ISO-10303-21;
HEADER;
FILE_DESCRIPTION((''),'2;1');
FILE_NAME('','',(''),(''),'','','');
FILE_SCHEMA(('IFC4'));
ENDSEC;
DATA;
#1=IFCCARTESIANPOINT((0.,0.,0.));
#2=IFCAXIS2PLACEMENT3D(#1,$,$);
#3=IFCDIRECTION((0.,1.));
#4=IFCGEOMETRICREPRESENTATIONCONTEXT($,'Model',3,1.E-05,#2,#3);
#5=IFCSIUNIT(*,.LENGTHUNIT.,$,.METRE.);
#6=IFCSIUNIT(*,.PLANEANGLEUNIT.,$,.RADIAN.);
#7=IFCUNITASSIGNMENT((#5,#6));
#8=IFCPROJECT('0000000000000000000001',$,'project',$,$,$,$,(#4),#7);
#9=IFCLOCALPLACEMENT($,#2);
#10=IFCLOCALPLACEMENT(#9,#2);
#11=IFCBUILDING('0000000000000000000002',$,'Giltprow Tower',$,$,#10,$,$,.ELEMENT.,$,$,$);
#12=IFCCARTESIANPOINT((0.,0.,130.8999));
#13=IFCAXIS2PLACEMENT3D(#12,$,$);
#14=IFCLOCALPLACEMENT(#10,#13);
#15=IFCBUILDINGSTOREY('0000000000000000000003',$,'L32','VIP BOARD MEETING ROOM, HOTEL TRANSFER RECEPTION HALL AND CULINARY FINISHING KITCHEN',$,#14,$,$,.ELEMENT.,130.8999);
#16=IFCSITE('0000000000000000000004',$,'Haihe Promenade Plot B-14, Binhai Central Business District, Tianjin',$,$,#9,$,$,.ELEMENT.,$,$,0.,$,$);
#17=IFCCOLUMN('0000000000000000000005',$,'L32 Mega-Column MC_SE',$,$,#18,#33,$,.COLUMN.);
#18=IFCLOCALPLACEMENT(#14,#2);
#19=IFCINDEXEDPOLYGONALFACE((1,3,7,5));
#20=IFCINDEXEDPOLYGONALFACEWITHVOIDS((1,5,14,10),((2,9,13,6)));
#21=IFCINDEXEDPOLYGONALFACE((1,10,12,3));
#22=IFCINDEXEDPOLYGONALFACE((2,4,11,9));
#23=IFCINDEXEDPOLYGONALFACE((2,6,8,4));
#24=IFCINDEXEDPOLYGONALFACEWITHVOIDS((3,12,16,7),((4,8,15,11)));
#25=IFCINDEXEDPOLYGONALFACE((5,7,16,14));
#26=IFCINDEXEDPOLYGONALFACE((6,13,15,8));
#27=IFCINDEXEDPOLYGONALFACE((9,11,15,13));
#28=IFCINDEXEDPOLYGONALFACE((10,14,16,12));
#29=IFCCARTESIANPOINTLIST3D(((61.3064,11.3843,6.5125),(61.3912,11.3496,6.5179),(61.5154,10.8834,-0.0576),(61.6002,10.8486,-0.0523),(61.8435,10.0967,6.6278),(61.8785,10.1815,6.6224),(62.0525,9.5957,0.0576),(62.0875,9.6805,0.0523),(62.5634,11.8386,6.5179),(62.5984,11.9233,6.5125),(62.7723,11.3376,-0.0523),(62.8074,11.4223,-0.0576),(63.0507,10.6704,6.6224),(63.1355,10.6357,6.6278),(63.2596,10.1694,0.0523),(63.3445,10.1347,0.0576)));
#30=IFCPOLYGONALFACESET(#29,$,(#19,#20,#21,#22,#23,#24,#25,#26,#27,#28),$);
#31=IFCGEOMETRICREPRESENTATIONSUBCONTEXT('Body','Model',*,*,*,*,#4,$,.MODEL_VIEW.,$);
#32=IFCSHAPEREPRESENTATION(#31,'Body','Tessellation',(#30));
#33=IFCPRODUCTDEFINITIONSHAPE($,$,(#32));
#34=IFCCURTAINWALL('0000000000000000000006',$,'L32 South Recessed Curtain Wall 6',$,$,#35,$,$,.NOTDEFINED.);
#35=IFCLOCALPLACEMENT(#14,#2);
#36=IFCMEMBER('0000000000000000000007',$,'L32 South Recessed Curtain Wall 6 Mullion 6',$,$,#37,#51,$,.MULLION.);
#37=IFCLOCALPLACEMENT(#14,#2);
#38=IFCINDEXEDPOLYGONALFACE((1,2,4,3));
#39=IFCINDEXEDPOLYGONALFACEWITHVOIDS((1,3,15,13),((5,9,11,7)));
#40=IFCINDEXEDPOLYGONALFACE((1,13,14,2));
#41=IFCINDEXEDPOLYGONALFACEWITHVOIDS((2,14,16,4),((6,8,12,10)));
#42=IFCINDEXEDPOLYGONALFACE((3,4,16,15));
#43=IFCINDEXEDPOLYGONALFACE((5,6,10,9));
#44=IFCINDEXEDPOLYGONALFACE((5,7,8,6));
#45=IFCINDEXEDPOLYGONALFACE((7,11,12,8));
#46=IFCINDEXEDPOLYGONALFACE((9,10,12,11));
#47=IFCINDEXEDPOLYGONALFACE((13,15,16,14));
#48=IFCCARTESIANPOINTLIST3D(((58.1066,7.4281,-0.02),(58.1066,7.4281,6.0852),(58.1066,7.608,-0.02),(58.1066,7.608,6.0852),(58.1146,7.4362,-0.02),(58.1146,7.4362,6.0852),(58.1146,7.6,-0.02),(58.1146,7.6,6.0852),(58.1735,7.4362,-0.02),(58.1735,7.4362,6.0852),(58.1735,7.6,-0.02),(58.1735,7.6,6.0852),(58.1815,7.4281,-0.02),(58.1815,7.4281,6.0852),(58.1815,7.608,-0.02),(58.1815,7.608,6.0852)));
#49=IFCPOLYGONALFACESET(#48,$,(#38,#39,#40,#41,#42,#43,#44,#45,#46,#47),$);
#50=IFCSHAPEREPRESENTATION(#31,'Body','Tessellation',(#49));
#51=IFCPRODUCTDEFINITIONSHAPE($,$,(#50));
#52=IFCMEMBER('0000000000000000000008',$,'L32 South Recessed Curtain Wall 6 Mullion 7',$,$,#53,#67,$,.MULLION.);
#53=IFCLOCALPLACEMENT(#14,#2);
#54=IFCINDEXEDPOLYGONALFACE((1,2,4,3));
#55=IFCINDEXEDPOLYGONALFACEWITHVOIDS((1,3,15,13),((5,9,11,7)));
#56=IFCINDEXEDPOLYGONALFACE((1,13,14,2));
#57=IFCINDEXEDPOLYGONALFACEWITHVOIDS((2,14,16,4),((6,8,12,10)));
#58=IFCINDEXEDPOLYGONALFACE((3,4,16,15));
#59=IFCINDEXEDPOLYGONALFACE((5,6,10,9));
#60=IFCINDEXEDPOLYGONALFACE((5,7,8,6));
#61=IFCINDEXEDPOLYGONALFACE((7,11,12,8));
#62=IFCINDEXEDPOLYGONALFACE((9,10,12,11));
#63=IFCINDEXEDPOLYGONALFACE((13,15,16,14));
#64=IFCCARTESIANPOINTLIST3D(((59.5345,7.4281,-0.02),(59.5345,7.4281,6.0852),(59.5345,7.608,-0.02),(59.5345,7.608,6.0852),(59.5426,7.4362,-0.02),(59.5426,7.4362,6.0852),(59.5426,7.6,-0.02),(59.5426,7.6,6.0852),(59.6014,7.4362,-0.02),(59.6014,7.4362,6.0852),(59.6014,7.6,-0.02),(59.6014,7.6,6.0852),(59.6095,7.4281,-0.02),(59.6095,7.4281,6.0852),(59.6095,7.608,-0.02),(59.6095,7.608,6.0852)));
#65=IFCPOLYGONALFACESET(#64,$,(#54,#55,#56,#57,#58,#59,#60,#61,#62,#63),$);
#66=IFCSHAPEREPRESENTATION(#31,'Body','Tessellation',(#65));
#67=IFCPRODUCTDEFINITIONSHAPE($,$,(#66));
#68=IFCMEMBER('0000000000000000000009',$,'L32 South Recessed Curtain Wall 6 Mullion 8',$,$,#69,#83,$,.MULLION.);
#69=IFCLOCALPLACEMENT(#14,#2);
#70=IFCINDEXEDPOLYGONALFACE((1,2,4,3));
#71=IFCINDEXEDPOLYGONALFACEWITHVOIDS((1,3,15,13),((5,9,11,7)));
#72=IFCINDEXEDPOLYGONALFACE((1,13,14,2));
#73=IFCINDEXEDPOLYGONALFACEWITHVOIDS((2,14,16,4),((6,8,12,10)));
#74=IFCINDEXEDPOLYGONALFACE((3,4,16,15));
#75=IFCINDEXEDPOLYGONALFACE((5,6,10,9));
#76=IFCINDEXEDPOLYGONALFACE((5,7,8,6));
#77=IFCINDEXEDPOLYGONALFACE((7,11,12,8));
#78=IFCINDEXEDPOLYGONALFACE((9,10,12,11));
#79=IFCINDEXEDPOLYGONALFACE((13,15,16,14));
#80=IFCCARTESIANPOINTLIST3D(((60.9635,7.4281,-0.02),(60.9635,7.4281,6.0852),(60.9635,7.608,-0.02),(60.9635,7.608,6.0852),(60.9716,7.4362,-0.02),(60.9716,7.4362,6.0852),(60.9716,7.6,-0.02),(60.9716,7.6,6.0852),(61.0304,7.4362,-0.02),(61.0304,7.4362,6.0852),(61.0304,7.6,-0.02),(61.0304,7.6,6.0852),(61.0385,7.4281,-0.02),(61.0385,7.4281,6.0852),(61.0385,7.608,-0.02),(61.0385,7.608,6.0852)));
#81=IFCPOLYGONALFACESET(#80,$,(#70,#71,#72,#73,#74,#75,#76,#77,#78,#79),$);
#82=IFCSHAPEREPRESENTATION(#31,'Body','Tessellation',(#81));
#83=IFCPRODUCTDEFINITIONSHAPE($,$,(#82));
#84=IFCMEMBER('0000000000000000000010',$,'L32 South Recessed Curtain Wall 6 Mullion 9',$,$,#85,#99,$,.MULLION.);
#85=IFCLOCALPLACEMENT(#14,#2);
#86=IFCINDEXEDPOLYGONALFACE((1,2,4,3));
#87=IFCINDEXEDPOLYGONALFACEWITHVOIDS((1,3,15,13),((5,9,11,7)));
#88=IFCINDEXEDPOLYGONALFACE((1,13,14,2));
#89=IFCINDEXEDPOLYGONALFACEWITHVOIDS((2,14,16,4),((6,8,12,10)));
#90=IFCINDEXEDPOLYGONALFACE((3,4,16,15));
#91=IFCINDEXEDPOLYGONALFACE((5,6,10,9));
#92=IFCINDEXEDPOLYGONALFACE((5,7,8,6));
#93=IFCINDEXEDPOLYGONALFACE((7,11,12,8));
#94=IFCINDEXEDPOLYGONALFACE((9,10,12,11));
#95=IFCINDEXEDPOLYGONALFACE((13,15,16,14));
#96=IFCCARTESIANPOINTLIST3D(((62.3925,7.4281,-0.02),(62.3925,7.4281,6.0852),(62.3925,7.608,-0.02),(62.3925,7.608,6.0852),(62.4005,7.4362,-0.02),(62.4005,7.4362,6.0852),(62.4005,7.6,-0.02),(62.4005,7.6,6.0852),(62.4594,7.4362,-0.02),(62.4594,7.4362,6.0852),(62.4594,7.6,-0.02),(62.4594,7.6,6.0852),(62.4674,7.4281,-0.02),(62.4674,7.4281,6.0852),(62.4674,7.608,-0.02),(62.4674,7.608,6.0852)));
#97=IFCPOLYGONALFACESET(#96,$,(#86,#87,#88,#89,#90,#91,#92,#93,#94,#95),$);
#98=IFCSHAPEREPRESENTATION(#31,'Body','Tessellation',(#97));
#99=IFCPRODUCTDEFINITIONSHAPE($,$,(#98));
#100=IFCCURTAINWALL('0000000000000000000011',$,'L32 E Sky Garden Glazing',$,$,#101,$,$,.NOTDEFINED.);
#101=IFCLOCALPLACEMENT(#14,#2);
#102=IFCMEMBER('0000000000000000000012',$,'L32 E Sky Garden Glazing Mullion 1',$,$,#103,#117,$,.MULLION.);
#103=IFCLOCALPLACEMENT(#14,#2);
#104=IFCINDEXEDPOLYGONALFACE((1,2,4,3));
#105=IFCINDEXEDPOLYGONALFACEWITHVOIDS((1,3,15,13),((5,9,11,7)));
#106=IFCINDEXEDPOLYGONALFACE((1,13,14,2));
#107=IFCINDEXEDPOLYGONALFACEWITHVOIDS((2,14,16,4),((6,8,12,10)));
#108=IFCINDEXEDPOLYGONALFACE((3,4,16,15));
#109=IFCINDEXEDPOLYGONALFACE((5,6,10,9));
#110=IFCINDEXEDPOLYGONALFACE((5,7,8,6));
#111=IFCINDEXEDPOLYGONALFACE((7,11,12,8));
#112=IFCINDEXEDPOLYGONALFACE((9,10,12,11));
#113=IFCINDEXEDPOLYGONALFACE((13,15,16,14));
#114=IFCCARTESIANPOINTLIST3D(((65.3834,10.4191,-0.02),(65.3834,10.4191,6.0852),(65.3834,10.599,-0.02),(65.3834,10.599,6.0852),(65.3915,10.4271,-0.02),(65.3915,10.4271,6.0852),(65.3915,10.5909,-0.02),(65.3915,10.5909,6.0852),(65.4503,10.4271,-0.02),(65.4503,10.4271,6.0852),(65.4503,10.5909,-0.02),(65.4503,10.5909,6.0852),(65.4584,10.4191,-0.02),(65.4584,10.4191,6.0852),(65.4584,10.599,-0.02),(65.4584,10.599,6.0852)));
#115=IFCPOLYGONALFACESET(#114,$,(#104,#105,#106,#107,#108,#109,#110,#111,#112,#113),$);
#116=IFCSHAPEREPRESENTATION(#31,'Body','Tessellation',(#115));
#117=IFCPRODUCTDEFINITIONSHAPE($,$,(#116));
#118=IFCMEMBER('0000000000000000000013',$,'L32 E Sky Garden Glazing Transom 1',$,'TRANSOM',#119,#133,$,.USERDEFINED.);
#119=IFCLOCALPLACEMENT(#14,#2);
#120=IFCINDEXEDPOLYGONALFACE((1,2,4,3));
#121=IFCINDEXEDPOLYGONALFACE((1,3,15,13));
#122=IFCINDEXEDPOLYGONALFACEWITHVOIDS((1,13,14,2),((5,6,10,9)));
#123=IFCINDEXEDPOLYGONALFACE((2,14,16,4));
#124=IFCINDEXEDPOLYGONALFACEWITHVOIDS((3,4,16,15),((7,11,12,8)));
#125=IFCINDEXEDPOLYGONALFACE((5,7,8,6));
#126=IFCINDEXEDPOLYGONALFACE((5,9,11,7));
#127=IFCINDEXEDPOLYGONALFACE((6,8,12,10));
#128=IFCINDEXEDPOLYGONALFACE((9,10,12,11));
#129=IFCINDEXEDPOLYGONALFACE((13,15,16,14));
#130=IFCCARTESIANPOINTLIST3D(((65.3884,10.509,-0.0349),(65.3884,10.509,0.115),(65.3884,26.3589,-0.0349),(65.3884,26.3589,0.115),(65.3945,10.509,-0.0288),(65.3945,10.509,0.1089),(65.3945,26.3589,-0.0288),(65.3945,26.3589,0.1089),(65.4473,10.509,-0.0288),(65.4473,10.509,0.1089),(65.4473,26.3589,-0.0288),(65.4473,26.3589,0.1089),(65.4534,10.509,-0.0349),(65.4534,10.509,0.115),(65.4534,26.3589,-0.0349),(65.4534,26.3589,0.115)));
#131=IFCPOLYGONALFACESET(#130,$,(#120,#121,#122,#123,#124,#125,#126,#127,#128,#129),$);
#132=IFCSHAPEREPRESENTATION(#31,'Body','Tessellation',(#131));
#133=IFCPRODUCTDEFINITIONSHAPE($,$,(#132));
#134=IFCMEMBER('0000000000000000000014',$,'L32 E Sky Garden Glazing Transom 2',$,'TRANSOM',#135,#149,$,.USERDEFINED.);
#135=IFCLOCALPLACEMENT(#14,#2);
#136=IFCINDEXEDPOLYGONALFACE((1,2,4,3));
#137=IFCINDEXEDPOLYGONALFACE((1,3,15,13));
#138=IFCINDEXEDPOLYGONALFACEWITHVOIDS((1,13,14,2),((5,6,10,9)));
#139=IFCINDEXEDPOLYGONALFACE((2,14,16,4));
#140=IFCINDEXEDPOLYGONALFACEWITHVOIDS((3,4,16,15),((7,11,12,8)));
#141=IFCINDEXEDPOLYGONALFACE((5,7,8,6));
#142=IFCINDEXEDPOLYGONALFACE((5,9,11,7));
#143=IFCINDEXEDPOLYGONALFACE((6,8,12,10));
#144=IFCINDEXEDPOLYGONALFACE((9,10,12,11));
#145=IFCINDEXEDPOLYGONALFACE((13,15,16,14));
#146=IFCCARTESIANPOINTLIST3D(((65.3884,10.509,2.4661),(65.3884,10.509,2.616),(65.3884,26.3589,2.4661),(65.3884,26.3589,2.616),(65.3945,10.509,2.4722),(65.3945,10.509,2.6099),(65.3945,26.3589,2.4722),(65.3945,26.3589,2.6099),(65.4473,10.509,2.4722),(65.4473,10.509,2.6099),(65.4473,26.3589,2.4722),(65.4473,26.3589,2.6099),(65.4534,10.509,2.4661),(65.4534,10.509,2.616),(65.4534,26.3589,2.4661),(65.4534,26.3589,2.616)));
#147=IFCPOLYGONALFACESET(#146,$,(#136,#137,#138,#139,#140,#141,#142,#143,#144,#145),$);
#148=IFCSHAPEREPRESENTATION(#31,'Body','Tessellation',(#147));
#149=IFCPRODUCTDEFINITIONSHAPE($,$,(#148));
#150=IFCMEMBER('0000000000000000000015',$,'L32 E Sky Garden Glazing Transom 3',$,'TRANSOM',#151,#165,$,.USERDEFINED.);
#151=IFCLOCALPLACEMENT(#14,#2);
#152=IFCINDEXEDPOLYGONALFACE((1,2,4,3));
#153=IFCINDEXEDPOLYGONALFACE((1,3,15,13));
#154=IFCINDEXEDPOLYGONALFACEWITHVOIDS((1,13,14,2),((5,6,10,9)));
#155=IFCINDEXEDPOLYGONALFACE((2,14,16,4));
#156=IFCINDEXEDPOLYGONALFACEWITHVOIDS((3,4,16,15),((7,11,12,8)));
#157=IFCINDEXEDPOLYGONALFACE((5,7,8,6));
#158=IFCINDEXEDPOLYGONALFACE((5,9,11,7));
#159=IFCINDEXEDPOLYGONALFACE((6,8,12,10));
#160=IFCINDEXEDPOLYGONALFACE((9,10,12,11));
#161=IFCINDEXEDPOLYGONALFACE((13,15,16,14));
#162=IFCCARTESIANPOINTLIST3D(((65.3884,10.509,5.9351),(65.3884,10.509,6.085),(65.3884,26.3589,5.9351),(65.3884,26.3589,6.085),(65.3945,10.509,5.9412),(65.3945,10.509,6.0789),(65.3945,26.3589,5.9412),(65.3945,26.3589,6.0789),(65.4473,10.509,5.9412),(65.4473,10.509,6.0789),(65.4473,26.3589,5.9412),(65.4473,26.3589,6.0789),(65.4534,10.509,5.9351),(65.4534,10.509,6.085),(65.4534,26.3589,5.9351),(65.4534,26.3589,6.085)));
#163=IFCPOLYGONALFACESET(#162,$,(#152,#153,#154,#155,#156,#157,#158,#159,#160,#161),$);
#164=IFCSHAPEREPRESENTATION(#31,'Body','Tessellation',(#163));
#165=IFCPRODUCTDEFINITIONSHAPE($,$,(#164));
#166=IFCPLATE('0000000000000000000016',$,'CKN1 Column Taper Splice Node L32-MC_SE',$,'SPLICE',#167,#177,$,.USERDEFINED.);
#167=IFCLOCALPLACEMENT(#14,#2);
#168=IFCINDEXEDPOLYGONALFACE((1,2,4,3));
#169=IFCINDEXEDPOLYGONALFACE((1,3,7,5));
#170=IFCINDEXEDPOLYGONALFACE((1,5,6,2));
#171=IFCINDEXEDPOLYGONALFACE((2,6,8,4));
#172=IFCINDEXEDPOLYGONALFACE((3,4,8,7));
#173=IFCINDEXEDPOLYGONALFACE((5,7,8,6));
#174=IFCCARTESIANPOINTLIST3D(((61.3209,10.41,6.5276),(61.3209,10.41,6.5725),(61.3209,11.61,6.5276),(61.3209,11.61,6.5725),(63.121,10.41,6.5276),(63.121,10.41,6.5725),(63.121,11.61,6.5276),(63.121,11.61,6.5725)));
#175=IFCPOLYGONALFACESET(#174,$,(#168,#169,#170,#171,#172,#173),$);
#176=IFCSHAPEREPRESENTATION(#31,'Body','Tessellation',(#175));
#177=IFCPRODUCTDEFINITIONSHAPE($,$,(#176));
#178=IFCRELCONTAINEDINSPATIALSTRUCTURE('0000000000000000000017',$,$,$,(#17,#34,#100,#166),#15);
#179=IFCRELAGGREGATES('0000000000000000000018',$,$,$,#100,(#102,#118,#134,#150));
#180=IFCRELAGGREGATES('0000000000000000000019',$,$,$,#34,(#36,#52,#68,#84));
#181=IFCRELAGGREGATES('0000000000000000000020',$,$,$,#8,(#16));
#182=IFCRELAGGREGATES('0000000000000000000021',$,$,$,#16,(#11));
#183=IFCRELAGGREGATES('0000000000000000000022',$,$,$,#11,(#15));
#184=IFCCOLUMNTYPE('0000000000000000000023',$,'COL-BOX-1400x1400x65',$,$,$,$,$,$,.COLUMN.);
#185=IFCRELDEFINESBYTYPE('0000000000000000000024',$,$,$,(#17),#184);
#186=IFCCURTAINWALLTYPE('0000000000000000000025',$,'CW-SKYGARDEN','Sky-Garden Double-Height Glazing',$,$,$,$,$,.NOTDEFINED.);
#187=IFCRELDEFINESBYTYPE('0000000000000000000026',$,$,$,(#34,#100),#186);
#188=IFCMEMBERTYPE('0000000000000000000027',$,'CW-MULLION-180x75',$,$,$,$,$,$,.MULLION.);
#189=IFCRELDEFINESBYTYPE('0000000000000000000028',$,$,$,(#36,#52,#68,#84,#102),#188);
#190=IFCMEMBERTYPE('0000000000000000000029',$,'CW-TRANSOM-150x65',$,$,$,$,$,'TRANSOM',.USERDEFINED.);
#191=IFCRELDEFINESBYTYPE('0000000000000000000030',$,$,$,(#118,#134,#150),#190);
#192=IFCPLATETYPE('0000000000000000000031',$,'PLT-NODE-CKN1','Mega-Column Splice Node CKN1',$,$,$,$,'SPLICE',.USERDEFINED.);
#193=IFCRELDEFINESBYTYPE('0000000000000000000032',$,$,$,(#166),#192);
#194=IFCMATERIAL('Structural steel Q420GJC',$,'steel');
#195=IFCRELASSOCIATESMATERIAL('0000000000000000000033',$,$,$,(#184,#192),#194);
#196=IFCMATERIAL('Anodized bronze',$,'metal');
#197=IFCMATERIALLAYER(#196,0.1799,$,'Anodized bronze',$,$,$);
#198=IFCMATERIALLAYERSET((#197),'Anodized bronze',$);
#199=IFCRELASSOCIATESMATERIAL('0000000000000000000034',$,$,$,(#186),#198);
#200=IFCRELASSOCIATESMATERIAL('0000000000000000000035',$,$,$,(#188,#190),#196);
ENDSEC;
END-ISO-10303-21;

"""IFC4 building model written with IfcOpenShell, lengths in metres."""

from ifc_helpers import new_model, si_unit, direction, frame, origin, origin_2d, place, context, subcontext, project, spatial, rectangle, hollow_rectangle, extrude, source, transform, mapped, material, layer, layer_set, material_profile, profile_set, type_object, element, aggregate, save


model = new_model("IFC4")

# Units and contexts
model_context = context("Model", 3, precision=1e-05, world=origin(), true_north=direction((0.0, 1.0)))
body_context = subcontext(model_context, "Body", "Model", "MODEL_VIEW")
ifc_project = project(units=[si_unit("LENGTHUNIT", "METRE"), si_unit("PLANEANGLEUNIT", "RADIAN")], contexts=[model_context])

# Site, building, storey
site_placement = place(None, origin())
site = spatial("IfcSite", under=ifc_project, at=site_placement, Name="Haihe Promenade Plot B-14, Binhai Central Business District, Tianjin", CompositionType="ELEMENT", RefElevation=0.0)
building_placement = place(site_placement, origin())
building = spatial("IfcBuilding", under=site, at=building_placement, Name="Giltprow Tower", CompositionType="ELEMENT")
storey_placement = place(building_placement, frame((0.0, 0.0, 130.8999)))
storey = spatial("IfcBuildingStorey", under=building, at=storey_placement, Name="L32", Description="VIP BOARD MEETING ROOM, HOTEL TRANSFER RECEPTION HALL AND CULINARY FINISHING KITCHEN", CompositionType="ELEMENT", Elevation=130.8999)

# Column
ifc_material_1 = material(Name="Structural steel Q420GJC", Category="steel")
ifc_material_profile_1 = material_profile(ifc_material_1, hollow_rectangle(XDim=1.3999, YDim=1.3999, WallThickness=0.0649, at=origin_2d()), Name="BOX 1400x1400x65")
ifc_profile_set_1 = profile_set([ifc_material_profile_1], Name="Structural steel Q420GJC")
column_type = type_object("IfcColumnType", Name="COL-BOX-1400x1400x65", PredefinedType="COLUMN", material=ifc_profile_set_1)
shared_shape_1 = source(origin(), body_context, "Body", "SweptSolid", [
    extrude(hollow_rectangle(XDim=1.3999, YDim=1.3999, WallThickness=0.0649, at=origin_2d()), origin(), (0.0, 0.0, 1.0), 6.5925),
])
column_placement = place(storey_placement, frame((62.4299, 10.509, 0.0), z_axis=(-0.031701, 0.075992, 0.996604), x_axis=(-0.922917, -0.384999, 0.0)))
element("IfcColumn", 1, at=column_placement, inside=storey, type_object=column_type, Name="L32 Mega-Column MC_SE", PredefinedType="COLUMN", context=body_context, shape_type="MappedRepresentation", body=[
    mapped(shared_shape_1, transform((0.0, 0.0, 0.0), x_axis=(1.0, 0.0, 0.0), y_axis=(0.0, 1.0, 0.0), z_axis=(0.0, 0.0, 1.0), scale=1.0)),
])

# Curtain walls, members
ifc_material_2 = material(Name="Anodized bronze", Category="metal")
ifc_layer_1 = layer(ifc_material_2, 0.1799, Name="Anodized bronze")
ifc_layer_set_1 = layer_set([ifc_layer_1], Name="Anodized bronze")
curtain_wall_type = type_object("IfcCurtainWallType", Name="CW-SKYGARDEN", Description="Sky-Garden Double-Height Glazing", PredefinedType="NOTDEFINED", material=ifc_layer_set_1)
curtain_wall_1_placement = place(storey_placement, origin())
curtain_wall_1 = element("IfcCurtainWall", 2, at=curtain_wall_1_placement, inside=storey, type_object=curtain_wall_type, Name="L32 South Recessed Curtain Wall 6", PredefinedType="NOTDEFINED")
ifc_material_profile_2 = material_profile(ifc_material_2, hollow_rectangle(XDim=0.075, YDim=0.1799, WallThickness=0.0081, at=origin_2d()), Name="RHS 180x75x8")
ifc_profile_set_2 = profile_set([ifc_material_profile_2], Name="Anodized bronze")
member_type_1 = type_object("IfcMemberType", Name="CW-MULLION-180x75", PredefinedType="MULLION", material=ifc_profile_set_2)
shared_shape_2 = source(origin(), body_context, "Body", "SweptSolid", [
    extrude(hollow_rectangle(XDim=0.075, YDim=0.1799, WallThickness=0.0081, at=origin_2d()), origin(), (0.0, 0.0, 1.0), 6.1052),
])
member_1_placement = place(storey_placement, frame((58.144, 7.5181, -0.02), z_axis=(0.0, 0.0, 1.0), x_axis=(1.0, 0.0, 0.0)))
member_1 = element("IfcMember", 3, at=member_1_placement, type_object=member_type_1, Name="L32 South Recessed Curtain Wall 6 Mullion 6", PredefinedType="MULLION", context=body_context, shape_type="MappedRepresentation", body=[
    mapped(shared_shape_2, transform((0.0, 0.0, 0.0), x_axis=(1.0, 0.0, 0.0), y_axis=(0.0, 1.0, 0.0), z_axis=(0.0, 0.0, 1.0), scale=1.0)),
])
member_2_placement = place(storey_placement, frame((59.572, 7.5181, -0.02), z_axis=(0.0, 0.0, 1.0), x_axis=(1.0, 0.0, 0.0)))
member_2 = element("IfcMember", 4, at=member_2_placement, type_object=member_type_1, Name="L32 South Recessed Curtain Wall 6 Mullion 7", PredefinedType="MULLION", context=body_context, shape_type="MappedRepresentation", body=[
    mapped(shared_shape_2, transform((0.0, 0.0, 0.0), x_axis=(1.0, 0.0, 0.0), y_axis=(0.0, 1.0, 0.0), z_axis=(0.0, 0.0, 1.0), scale=1.0)),
])
member_3_placement = place(storey_placement, frame((61.001, 7.5181, -0.02), z_axis=(0.0, 0.0, 1.0), x_axis=(1.0, 0.0, 0.0)))
member_3 = element("IfcMember", 5, at=member_3_placement, type_object=member_type_1, Name="L32 South Recessed Curtain Wall 6 Mullion 8", PredefinedType="MULLION", context=body_context, shape_type="MappedRepresentation", body=[
    mapped(shared_shape_2, transform((0.0, 0.0, 0.0), x_axis=(1.0, 0.0, 0.0), y_axis=(0.0, 1.0, 0.0), z_axis=(0.0, 0.0, 1.0), scale=1.0)),
])
member_4_placement = place(storey_placement, frame((62.4299, 7.5181, -0.02), z_axis=(0.0, 0.0, 1.0), x_axis=(1.0, 0.0, 0.0)))
member_4 = element("IfcMember", 6, at=member_4_placement, type_object=member_type_1, Name="L32 South Recessed Curtain Wall 6 Mullion 9", PredefinedType="MULLION", context=body_context, shape_type="MappedRepresentation", body=[
    mapped(shared_shape_2, transform((0.0, 0.0, 0.0), x_axis=(1.0, 0.0, 0.0), y_axis=(0.0, 1.0, 0.0), z_axis=(0.0, 0.0, 1.0), scale=1.0)),
])
curtain_wall_2_placement = place(storey_placement, origin())
curtain_wall_2 = element("IfcCurtainWall", 7, at=curtain_wall_2_placement, inside=storey, type_object=curtain_wall_type, Name="L32 E Sky Garden Glazing", PredefinedType="NOTDEFINED")
member_5_placement = place(storey_placement, frame((65.4209, 10.509, -0.02), z_axis=(0.0, 0.0, 1.0), x_axis=(1.0, 0.0, 0.0)))
member_5 = element("IfcMember", 8, at=member_5_placement, type_object=member_type_1, Name="L32 E Sky Garden Glazing Mullion 1", PredefinedType="MULLION", context=body_context, shape_type="MappedRepresentation", body=[
    mapped(shared_shape_2, transform((0.0, 0.0, 0.0), x_axis=(1.0, 0.0, 0.0), y_axis=(0.0, 1.0, 0.0), z_axis=(0.0, 0.0, 1.0), scale=1.0)),
])
ifc_material_profile_3 = material_profile(ifc_material_2, hollow_rectangle(XDim=0.0649, YDim=0.1499, WallThickness=0.0061, at=origin_2d()), Name="RHS 150x65x6")
ifc_profile_set_3 = profile_set([ifc_material_profile_3], Name="Anodized bronze")
member_type_2 = type_object("IfcMemberType", Name="CW-TRANSOM-150x65", ElementType="TRANSOM", PredefinedType="USERDEFINED", material=ifc_profile_set_3)
shared_shape_3 = source(origin(), body_context, "Body", "SweptSolid", [
    extrude(hollow_rectangle(XDim=0.0649, YDim=0.1499, WallThickness=0.0061, at=origin_2d()), origin(), (0.0, 0.0, 1.0), 15.8499),
])
member_6_placement = place(storey_placement, frame((65.4209, 10.509, 0.04), z_axis=(0.0, 1.0, 0.0), x_axis=(-1.0, 0.0, 0.0)))
member_6 = element("IfcMember", 9, at=member_6_placement, type_object=member_type_2, Name="L32 E Sky Garden Glazing Transom 1", ObjectType="TRANSOM", PredefinedType="USERDEFINED", context=body_context, shape_type="MappedRepresentation", body=[
    mapped(shared_shape_3, transform((0.0, 0.0, 0.0), x_axis=(1.0, 0.0, 0.0), y_axis=(0.0, 1.0, 0.0), z_axis=(0.0, 0.0, 1.0), scale=1.0)),
])
member_7_placement = place(storey_placement, frame((65.4209, 10.509, 2.541), z_axis=(0.0, 1.0, 0.0), x_axis=(-1.0, 0.0, 0.0)))
member_7 = element("IfcMember", 10, at=member_7_placement, type_object=member_type_2, Name="L32 E Sky Garden Glazing Transom 2", ObjectType="TRANSOM", PredefinedType="USERDEFINED", context=body_context, shape_type="MappedRepresentation", body=[
    mapped(shared_shape_3, transform((0.0, 0.0, 0.0), x_axis=(1.0, 0.0, 0.0), y_axis=(0.0, 1.0, 0.0), z_axis=(0.0, 0.0, 1.0), scale=1.0)),
])
member_8_placement = place(storey_placement, frame((65.4209, 10.509, 6.01), z_axis=(0.0, 1.0, 0.0), x_axis=(-1.0, 0.0, 0.0)))
member_8 = element("IfcMember", 11, at=member_8_placement, type_object=member_type_2, Name="L32 E Sky Garden Glazing Transom 3", ObjectType="TRANSOM", PredefinedType="USERDEFINED", context=body_context, shape_type="MappedRepresentation", body=[
    mapped(shared_shape_3, transform((0.0, 0.0, 0.0), x_axis=(1.0, 0.0, 0.0), y_axis=(0.0, 1.0, 0.0), z_axis=(0.0, 0.0, 1.0), scale=1.0)),
])
aggregate(curtain_wall_2, [member_5, member_6, member_7, member_8])

# Plate
plate_type_1 = type_object("IfcPlateType", Name="PLT-NODE-CKN1", Description="Mega-Column Splice Node CKN1", ElementType="SPLICE", PredefinedType="USERDEFINED", material=ifc_material_1)
shared_shape_4 = source(origin(), body_context, "Body", "SweptSolid", [
    extrude(rectangle(XDim=1.8, YDim=1.2, at=origin_2d()), origin(), (0.0, 0.0, 1.0), 0.0449),
])
plate_1_placement = place(storey_placement, frame((62.2209, 11.01, 6.5276), z_axis=(0.0, 0.0, 1.0), x_axis=(1.0, 0.0, 0.0)))
element("IfcPlate", 12, at=plate_1_placement, inside=storey, type_object=plate_type_1, Name="CKN1 Column Taper Splice Node L32-MC_SE", ObjectType="SPLICE", PredefinedType="USERDEFINED", context=body_context, shape_type="MappedRepresentation", body=[
    mapped(shared_shape_4, transform((0.0, 0.0, 0.0), x_axis=(1.0, 0.0, 0.0), y_axis=(0.0, 1.0, 0.0), z_axis=(0.0, 0.0, 1.0), scale=1.0)),
])
aggregate(curtain_wall_1, [member_1, member_2, member_3, member_4])

save(model, "model.ifc")
